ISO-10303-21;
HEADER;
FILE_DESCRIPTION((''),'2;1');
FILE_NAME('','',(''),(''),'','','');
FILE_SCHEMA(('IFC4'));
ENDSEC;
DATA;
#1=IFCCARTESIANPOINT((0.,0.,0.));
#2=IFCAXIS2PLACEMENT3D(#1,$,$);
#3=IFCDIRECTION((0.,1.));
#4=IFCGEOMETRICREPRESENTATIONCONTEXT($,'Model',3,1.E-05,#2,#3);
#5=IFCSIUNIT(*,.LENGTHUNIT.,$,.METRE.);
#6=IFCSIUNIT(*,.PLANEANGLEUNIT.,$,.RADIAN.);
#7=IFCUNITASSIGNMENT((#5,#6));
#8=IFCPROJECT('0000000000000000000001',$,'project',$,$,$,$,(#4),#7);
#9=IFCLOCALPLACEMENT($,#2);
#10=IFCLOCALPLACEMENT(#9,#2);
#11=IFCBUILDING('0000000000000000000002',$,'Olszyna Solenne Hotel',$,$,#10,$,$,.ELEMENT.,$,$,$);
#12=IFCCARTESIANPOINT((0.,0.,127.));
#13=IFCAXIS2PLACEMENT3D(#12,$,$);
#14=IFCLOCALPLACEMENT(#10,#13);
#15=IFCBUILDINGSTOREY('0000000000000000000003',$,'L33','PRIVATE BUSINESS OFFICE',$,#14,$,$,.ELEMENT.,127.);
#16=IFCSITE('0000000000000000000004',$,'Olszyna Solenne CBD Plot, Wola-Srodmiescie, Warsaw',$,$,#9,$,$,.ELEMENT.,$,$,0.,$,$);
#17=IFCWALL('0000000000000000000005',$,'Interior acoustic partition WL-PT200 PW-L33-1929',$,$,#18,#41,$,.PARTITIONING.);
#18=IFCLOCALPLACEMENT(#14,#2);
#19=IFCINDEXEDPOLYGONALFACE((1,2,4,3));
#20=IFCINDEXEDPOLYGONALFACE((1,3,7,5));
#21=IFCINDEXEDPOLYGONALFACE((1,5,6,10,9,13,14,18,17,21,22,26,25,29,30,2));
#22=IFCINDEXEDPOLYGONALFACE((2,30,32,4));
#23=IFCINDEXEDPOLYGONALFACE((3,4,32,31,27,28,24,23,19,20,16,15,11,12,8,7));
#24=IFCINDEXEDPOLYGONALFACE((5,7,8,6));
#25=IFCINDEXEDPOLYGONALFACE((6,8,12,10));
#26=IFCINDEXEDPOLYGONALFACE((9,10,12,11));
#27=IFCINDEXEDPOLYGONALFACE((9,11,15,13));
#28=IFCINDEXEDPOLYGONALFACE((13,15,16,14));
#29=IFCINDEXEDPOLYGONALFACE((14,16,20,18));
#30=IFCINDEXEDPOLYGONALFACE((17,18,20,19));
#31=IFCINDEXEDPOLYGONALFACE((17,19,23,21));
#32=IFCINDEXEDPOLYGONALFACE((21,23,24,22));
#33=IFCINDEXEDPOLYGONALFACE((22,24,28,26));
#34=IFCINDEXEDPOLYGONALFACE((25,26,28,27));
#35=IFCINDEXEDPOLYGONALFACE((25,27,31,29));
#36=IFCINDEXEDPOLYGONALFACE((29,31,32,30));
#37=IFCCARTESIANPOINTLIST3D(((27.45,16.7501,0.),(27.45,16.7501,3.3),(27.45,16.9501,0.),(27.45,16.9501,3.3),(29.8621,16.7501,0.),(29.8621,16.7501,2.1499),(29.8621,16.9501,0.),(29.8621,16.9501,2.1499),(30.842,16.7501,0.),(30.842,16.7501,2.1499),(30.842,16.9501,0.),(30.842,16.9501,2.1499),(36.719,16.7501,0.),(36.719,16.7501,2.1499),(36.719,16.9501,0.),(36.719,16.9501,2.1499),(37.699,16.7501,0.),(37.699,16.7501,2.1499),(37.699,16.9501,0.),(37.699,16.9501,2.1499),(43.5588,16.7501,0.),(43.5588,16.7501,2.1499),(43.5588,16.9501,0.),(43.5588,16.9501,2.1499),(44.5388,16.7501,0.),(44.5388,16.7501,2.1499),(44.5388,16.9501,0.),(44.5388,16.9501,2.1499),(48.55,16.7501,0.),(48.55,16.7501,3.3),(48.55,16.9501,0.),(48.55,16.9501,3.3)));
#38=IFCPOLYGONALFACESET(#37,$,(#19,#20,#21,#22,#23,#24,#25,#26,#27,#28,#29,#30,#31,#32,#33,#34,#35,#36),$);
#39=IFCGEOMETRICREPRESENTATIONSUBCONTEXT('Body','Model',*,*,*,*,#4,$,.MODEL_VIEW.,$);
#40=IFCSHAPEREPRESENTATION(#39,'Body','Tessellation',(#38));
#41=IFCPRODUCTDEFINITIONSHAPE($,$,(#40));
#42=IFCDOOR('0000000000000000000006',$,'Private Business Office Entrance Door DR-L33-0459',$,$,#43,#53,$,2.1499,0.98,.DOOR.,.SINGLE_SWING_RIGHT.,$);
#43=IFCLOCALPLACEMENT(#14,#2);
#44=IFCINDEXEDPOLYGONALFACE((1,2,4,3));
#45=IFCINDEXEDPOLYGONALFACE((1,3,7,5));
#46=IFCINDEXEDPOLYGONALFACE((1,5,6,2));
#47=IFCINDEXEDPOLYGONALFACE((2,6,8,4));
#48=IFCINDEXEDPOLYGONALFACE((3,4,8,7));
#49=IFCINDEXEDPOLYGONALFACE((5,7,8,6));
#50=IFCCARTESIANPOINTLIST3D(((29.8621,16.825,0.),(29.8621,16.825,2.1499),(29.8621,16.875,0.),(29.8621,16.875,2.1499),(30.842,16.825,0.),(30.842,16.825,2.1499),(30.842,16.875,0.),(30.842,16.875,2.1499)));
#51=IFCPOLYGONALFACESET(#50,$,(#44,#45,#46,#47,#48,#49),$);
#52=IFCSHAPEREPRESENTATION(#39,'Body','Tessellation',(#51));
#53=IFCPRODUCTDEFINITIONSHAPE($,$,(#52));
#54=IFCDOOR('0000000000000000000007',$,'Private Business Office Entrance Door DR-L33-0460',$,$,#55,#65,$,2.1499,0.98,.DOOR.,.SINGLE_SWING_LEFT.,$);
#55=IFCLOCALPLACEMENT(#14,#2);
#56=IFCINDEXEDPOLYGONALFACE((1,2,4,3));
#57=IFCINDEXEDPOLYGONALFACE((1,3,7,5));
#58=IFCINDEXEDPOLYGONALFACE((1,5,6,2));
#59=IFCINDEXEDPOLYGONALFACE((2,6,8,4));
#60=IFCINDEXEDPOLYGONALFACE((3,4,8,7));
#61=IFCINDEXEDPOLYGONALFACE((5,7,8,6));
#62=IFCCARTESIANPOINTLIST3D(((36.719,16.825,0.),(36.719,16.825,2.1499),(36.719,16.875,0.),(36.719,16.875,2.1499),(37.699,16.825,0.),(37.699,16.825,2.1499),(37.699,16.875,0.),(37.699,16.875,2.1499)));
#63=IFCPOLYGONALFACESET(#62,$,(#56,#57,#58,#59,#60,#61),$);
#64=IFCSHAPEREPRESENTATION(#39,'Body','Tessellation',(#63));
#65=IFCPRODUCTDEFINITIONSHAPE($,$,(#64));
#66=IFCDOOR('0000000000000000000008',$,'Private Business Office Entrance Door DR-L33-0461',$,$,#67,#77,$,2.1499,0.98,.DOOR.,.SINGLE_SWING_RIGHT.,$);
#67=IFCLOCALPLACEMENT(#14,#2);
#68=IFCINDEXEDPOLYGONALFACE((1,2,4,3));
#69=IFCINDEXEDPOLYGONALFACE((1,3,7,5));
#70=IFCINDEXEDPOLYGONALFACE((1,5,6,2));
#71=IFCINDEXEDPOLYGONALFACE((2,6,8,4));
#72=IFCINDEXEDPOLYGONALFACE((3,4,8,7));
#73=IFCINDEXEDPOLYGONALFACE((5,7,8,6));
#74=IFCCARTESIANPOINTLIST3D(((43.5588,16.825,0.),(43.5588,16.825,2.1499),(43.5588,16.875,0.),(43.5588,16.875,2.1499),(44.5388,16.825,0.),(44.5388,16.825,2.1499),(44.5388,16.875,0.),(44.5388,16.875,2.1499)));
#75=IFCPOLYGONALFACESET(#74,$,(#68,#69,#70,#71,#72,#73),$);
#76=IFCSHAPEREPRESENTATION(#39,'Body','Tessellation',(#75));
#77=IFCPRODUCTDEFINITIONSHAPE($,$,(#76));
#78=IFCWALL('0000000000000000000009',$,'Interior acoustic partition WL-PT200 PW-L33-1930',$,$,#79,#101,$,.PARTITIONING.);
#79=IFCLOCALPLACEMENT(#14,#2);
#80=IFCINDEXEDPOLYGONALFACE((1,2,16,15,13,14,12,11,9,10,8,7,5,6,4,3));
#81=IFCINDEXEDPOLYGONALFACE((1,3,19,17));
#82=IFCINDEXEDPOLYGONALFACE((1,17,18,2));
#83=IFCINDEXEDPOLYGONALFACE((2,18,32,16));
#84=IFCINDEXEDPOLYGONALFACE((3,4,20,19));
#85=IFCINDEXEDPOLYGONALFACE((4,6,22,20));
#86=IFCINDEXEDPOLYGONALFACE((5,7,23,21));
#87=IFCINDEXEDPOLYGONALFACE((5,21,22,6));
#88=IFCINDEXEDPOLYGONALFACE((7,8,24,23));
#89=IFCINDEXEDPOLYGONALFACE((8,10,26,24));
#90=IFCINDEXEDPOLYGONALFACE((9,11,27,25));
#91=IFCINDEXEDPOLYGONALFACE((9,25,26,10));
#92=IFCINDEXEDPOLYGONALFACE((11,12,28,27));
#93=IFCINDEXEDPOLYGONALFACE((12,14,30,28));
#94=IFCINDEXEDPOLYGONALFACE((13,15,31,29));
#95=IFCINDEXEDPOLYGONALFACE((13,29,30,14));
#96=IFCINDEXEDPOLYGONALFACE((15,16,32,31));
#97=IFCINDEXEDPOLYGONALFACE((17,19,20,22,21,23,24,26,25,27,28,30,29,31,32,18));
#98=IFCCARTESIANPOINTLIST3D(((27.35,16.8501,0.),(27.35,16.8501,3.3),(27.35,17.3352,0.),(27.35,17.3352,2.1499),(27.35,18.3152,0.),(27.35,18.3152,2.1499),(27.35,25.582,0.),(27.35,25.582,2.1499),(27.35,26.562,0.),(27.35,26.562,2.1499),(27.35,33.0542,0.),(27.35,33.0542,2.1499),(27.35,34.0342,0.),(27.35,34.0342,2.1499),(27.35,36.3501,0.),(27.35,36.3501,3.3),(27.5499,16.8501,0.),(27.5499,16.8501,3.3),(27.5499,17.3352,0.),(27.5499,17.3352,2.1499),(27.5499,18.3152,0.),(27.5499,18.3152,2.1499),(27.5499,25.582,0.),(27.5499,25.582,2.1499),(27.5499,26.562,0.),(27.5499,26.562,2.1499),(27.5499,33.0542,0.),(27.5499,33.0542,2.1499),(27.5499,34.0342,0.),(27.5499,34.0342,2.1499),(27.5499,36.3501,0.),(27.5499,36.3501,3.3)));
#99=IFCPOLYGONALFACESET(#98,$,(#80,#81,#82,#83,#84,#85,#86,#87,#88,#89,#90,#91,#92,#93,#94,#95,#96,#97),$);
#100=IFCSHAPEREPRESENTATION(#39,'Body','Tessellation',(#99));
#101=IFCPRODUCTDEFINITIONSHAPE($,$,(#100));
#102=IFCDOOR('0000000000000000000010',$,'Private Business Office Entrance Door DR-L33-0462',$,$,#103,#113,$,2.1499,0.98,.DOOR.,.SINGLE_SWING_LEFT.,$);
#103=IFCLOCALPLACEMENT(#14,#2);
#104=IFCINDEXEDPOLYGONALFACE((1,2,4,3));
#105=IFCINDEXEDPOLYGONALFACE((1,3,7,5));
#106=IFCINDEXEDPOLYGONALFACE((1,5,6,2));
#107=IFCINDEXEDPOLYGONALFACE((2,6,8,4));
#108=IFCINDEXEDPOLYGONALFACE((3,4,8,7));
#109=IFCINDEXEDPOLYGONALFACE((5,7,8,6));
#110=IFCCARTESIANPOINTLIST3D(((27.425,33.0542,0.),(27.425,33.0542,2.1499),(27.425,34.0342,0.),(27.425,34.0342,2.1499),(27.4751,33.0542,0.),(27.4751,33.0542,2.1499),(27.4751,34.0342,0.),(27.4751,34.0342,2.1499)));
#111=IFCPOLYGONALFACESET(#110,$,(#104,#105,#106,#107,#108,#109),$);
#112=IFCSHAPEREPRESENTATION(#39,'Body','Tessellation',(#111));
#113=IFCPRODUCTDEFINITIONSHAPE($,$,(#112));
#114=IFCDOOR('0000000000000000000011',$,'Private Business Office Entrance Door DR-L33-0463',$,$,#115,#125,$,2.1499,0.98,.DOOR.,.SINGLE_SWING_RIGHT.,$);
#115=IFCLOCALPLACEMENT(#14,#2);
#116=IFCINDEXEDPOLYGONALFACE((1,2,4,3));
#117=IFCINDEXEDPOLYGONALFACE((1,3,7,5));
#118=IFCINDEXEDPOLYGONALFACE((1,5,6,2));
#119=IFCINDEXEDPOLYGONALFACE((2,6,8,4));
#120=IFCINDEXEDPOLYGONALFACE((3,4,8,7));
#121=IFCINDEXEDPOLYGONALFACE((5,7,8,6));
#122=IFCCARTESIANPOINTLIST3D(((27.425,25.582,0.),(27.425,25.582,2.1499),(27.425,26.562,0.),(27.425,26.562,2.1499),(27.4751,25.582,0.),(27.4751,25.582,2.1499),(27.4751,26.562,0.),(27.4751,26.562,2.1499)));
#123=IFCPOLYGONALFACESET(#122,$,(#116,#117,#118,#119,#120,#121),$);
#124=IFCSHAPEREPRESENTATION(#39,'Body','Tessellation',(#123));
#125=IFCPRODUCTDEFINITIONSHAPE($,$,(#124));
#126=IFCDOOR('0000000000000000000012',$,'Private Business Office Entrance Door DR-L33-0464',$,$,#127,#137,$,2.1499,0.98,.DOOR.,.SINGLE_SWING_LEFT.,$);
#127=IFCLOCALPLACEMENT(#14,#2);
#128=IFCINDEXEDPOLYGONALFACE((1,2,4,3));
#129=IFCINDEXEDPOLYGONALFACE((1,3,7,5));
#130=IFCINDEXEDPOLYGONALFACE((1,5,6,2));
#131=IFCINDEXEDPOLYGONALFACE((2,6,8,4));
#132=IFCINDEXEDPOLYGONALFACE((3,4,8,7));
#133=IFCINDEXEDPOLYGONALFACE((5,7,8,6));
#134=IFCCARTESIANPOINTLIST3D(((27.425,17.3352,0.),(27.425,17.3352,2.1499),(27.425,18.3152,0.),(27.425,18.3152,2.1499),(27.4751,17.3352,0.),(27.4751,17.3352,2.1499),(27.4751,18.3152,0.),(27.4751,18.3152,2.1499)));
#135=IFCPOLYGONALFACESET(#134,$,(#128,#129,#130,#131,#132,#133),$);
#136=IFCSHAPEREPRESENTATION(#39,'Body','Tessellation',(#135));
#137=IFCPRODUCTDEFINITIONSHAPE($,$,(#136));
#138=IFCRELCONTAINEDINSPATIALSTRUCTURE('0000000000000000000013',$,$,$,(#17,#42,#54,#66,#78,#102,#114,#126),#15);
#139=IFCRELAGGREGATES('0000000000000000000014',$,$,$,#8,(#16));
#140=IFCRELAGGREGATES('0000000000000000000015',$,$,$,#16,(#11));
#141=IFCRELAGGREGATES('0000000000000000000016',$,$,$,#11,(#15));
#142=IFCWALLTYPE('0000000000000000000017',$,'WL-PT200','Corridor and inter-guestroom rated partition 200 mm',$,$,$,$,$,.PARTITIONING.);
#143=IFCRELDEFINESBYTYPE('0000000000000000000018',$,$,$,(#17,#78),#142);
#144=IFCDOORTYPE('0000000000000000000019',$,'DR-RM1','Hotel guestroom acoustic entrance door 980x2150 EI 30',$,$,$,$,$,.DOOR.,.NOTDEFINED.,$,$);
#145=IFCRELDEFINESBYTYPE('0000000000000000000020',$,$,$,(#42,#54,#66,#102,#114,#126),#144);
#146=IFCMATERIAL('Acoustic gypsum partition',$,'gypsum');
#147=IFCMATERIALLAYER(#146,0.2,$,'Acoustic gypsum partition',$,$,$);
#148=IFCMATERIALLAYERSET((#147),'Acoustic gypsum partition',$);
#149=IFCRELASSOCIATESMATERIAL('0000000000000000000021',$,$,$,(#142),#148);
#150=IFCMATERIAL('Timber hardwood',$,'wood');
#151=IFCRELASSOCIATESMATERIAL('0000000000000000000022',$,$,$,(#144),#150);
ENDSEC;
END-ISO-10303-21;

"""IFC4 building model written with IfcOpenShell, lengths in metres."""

from ifc_helpers import new_model, si_unit, direction, frame, frame_2d, origin, place, context, subcontext, project, spatial, rectangle, extrude, source, transform, mapped, material, layer, layer_set, type_object, type_shapes, element, fill, save


model = new_model("IFC4")

# Units and contexts
model_context = context("Model", 3, precision=1e-05, world=origin(), true_north=direction((0.0, 1.0)))
body_context = subcontext(model_context, "Body", "Model", "MODEL_VIEW")
ifc_project = project(units=[si_unit("LENGTHUNIT", "METRE"), si_unit("PLANEANGLEUNIT", "RADIAN")], contexts=[model_context])

# Site, building, storey
site_placement = place(None, origin())
site = spatial("IfcSite", under=ifc_project, at=site_placement, Name="Olszyna Solenne CBD Plot, Wola-Srodmiescie, Warsaw", CompositionType="ELEMENT", RefElevation=0.0)
building_placement = place(site_placement, origin())
building = spatial("IfcBuilding", under=site, at=building_placement, Name="Olszyna Solenne Hotel", CompositionType="ELEMENT")
storey_placement = place(building_placement, frame((0.0, 0.0, 127.0)))
storey = spatial("IfcBuildingStorey", under=building, at=storey_placement, Name="L33", Description="PRIVATE BUSINESS OFFICE", CompositionType="ELEMENT", Elevation=127.0)

# Shared definitions
ifc_material_1 = material(Name="Timber hardwood", Category="wood")
ifc_material_2 = material(Name="Acoustic gypsum partition", Category="gypsum")

# Shared definitions
ifc_layer_1 = layer(ifc_material_2, 0.2, Name="Acoustic gypsum partition")
ifc_layer_set_1 = layer_set([ifc_layer_1], Name="Acoustic gypsum partition")
wall_type_1 = type_object("IfcWallType", Name="WL-PT200", Description="Corridor and inter-guestroom rated partition 200 mm", PredefinedType="PARTITIONING", material=ifc_layer_set_1)

# Walls, openings, doors
wall_1_placement = place(storey_placement, frame((27.45, 16.8501, 0.0), z_axis=(0.0, 0.0, 1.0), x_axis=(1.0, 0.0, 0.0)))
wall_1 = element("IfcWall", 1, at=wall_1_placement, inside=storey, type_object=wall_type_1, Name="Interior acoustic partition WL-PT200 PW-L33-1929", PredefinedType="PARTITIONING", context=body_context, shape_type="SweptSolid", body=[
    extrude(rectangle(XDim=21.1001, YDim=0.2, at=frame_2d((10.55, 0.0))), origin(), (0.0, 0.0, 1.0), 3.3),
])
opening_1_placement = place(wall_1_placement, frame((2.4121, 0.0, 0.0)))
opening_1 = element("IfcOpeningElement", 2, at=opening_1_placement, cuts=wall_1, PredefinedType="OPENING", context=body_context, shape_type="SweptSolid", body=[
    extrude(rectangle(XDim=0.98, YDim=2.1499, at=frame_2d((0.49, 1.075))), frame((0.0, 0.1099, 0.0), z_axis=(0.0, -1.0, 0.0), x_axis=(1.0, 0.0, 0.0)), (0.0, 0.0, 1.0), 0.22),
])
opening_2_placement = place(wall_1_placement, frame((9.269, 0.0, 0.0)))
opening_2 = element("IfcOpeningElement", 3, at=opening_2_placement, cuts=wall_1, PredefinedType="OPENING", context=body_context, shape_type="SweptSolid", body=[
    extrude(rectangle(XDim=0.98, YDim=2.1499, at=frame_2d((0.49, 1.075))), frame((0.0, 0.1099, 0.0), z_axis=(0.0, -1.0, 0.0), x_axis=(1.0, 0.0, 0.0)), (0.0, 0.0, 1.0), 0.22),
])
opening_3_placement = place(wall_1_placement, frame((16.1089, 0.0, 0.0)))
opening_3 = element("IfcOpeningElement", 4, at=opening_3_placement, cuts=wall_1, PredefinedType="OPENING", context=body_context, shape_type="SweptSolid", body=[
    extrude(rectangle(XDim=0.98, YDim=2.1499, at=frame_2d((0.49, 1.075))), frame((0.0, 0.1099, 0.0), z_axis=(0.0, -1.0, 0.0), x_axis=(1.0, 0.0, 0.0)), (0.0, 0.0, 1.0), 0.22),
])
door_type_1 = type_object("IfcDoorType", Name="DR-RM1", Description="Hotel guestroom acoustic entrance door 980x2150 EI 30", OperationType="NOTDEFINED", PredefinedType="DOOR", material=ifc_material_1)
shared_shape_1 = source(origin(), body_context, "Body", "SweptSolid", [
    extrude(rectangle(XDim=0.98, YDim=2.1499, at=frame_2d((0.49, 1.075))), frame((0.0, 0.0249, 0.0), z_axis=(0.0, -1.0, 0.0), x_axis=(1.0, 0.0, 0.0)), (0.0, 0.0, 1.0), 0.05),
])
type_shapes(door_type_1, [shared_shape_1])
door_1_placement = place(opening_1_placement, origin())
door_1 = element("IfcDoor", 5, at=door_1_placement, inside=storey, type_object=door_type_1, Name="Private Business Office Entrance Door DR-L33-0459", OperationType="SINGLE_SWING_RIGHT", OverallHeight=2.1499, OverallWidth=0.98, PredefinedType="DOOR", context=body_context, shape_type="MappedRepresentation", body=[
    mapped(shared_shape_1, transform((0.0, 0.0, 0.0), x_axis=(1.0, 0.0, 0.0), y_axis=(0.0, 1.0, 0.0), z_axis=(0.0, 0.0, 1.0), scale=1.0)),
])
fill(opening_1, door_1)
door_2_placement = place(opening_2_placement, origin())
door_2 = element("IfcDoor", 6, at=door_2_placement, inside=storey, type_object=door_type_1, Name="Private Business Office Entrance Door DR-L33-0460", OperationType="SINGLE_SWING_LEFT", OverallHeight=2.1499, OverallWidth=0.98, PredefinedType="DOOR", context=body_context, shape_type="MappedRepresentation", body=[
    mapped(shared_shape_1, transform((0.0, 0.0, 0.0), x_axis=(1.0, 0.0, 0.0), y_axis=(0.0, 1.0, 0.0), z_axis=(0.0, 0.0, 1.0), scale=1.0)),
])
fill(opening_2, door_2)
door_3_placement = place(opening_3_placement, origin())
door_3 = element("IfcDoor", 7, at=door_3_placement, inside=storey, type_object=door_type_1, Name="Private Business Office Entrance Door DR-L33-0461", OperationType="SINGLE_SWING_RIGHT", OverallHeight=2.1499, OverallWidth=0.98, PredefinedType="DOOR", context=body_context, shape_type="MappedRepresentation", body=[
    mapped(shared_shape_1, transform((0.0, 0.0, 0.0), x_axis=(1.0, 0.0, 0.0), y_axis=(0.0, 1.0, 0.0), z_axis=(0.0, 0.0, 1.0), scale=1.0)),
])
fill(opening_3, door_3)
wall_2_placement = place(storey_placement, frame((27.45, 16.8501, 0.0), z_axis=(0.0, 0.0, 1.0), x_axis=(0.0, 1.0, 0.0)))
wall_2 = element("IfcWall", 8, at=wall_2_placement, inside=storey, type_object=wall_type_1, Name="Interior acoustic partition WL-PT200 PW-L33-1930", PredefinedType="PARTITIONING", context=body_context, shape_type="SweptSolid", body=[
    extrude(rectangle(XDim=19.5, YDim=0.2, at=frame_2d((9.75, 0.0))), origin(), (0.0, 0.0, 1.0), 3.3),
])
opening_4_placement = place(wall_2_placement, frame((16.2041, 0.0, 0.0)))
opening_4 = element("IfcOpeningElement", 9, at=opening_4_placement, cuts=wall_2, PredefinedType="OPENING", context=body_context, shape_type="SweptSolid", body=[
    extrude(rectangle(XDim=0.98, YDim=2.1499, at=frame_2d((0.49, 1.075))), frame((0.0, 0.1099, 0.0), z_axis=(0.0, -1.0, 0.0), x_axis=(1.0, 0.0, 0.0)), (0.0, 0.0, 1.0), 0.22),
])
opening_5_placement = place(wall_2_placement, frame((8.7319, 0.0, 0.0)))
opening_5 = element("IfcOpeningElement", 10, at=opening_5_placement, cuts=wall_2, PredefinedType="OPENING", context=body_context, shape_type="SweptSolid", body=[
    extrude(rectangle(XDim=0.98, YDim=2.1499, at=frame_2d((0.49, 1.075))), frame((0.0, 0.1099, 0.0), z_axis=(0.0, -1.0, 0.0), x_axis=(1.0, 0.0, 0.0)), (0.0, 0.0, 1.0), 0.22),
])
opening_6_placement = place(wall_2_placement, frame((0.4851, 0.0, 0.0)))
opening_6 = element("IfcOpeningElement", 11, at=opening_6_placement, cuts=wall_2, PredefinedType="OPENING", context=body_context, shape_type="SweptSolid", body=[
    extrude(rectangle(XDim=0.98, YDim=2.1499, at=frame_2d((0.49, 1.075))), frame((0.0, 0.1099, 0.0), z_axis=(0.0, -1.0, 0.0), x_axis=(1.0, 0.0, 0.0)), (0.0, 0.0, 1.0), 0.22),
])
door_4_placement = place(opening_4_placement, origin())
door_4 = element("IfcDoor", 12, at=door_4_placement, inside=storey, type_object=door_type_1, Name="Private Business Office Entrance Door DR-L33-0462", OperationType="SINGLE_SWING_LEFT", OverallHeight=2.1499, OverallWidth=0.98, PredefinedType="DOOR", context=body_context, shape_type="MappedRepresentation", body=[
    mapped(shared_shape_1, transform((0.0, 0.0, 0.0), x_axis=(1.0, 0.0, 0.0), y_axis=(0.0, 1.0, 0.0), z_axis=(0.0, 0.0, 1.0), scale=1.0)),
])
fill(opening_4, door_4)
door_5_placement = place(opening_5_placement, origin())
door_5 = element("IfcDoor", 13, at=door_5_placement, inside=storey, type_object=door_type_1, Name="Private Business Office Entrance Door DR-L33-0463", OperationType="SINGLE_SWING_RIGHT", OverallHeight=2.1499, OverallWidth=0.98, PredefinedType="DOOR", context=body_context, shape_type="MappedRepresentation", body=[
    mapped(shared_shape_1, transform((0.0, 0.0, 0.0), x_axis=(1.0, 0.0, 0.0), y_axis=(0.0, 1.0, 0.0), z_axis=(0.0, 0.0, 1.0), scale=1.0)),
])
fill(opening_5, door_5)
door_6_placement = place(opening_6_placement, origin())
door_6 = element("IfcDoor", 14, at=door_6_placement, inside=storey, type_object=door_type_1, Name="Private Business Office Entrance Door DR-L33-0464", OperationType="SINGLE_SWING_LEFT", OverallHeight=2.1499, OverallWidth=0.98, PredefinedType="DOOR", context=body_context, shape_type="MappedRepresentation", body=[
    mapped(shared_shape_1, transform((0.0, 0.0, 0.0), x_axis=(1.0, 0.0, 0.0), y_axis=(0.0, 1.0, 0.0), z_axis=(0.0, 0.0, 1.0), scale=1.0)),
])
fill(opening_6, door_6)

save(model, "model.ifc")
